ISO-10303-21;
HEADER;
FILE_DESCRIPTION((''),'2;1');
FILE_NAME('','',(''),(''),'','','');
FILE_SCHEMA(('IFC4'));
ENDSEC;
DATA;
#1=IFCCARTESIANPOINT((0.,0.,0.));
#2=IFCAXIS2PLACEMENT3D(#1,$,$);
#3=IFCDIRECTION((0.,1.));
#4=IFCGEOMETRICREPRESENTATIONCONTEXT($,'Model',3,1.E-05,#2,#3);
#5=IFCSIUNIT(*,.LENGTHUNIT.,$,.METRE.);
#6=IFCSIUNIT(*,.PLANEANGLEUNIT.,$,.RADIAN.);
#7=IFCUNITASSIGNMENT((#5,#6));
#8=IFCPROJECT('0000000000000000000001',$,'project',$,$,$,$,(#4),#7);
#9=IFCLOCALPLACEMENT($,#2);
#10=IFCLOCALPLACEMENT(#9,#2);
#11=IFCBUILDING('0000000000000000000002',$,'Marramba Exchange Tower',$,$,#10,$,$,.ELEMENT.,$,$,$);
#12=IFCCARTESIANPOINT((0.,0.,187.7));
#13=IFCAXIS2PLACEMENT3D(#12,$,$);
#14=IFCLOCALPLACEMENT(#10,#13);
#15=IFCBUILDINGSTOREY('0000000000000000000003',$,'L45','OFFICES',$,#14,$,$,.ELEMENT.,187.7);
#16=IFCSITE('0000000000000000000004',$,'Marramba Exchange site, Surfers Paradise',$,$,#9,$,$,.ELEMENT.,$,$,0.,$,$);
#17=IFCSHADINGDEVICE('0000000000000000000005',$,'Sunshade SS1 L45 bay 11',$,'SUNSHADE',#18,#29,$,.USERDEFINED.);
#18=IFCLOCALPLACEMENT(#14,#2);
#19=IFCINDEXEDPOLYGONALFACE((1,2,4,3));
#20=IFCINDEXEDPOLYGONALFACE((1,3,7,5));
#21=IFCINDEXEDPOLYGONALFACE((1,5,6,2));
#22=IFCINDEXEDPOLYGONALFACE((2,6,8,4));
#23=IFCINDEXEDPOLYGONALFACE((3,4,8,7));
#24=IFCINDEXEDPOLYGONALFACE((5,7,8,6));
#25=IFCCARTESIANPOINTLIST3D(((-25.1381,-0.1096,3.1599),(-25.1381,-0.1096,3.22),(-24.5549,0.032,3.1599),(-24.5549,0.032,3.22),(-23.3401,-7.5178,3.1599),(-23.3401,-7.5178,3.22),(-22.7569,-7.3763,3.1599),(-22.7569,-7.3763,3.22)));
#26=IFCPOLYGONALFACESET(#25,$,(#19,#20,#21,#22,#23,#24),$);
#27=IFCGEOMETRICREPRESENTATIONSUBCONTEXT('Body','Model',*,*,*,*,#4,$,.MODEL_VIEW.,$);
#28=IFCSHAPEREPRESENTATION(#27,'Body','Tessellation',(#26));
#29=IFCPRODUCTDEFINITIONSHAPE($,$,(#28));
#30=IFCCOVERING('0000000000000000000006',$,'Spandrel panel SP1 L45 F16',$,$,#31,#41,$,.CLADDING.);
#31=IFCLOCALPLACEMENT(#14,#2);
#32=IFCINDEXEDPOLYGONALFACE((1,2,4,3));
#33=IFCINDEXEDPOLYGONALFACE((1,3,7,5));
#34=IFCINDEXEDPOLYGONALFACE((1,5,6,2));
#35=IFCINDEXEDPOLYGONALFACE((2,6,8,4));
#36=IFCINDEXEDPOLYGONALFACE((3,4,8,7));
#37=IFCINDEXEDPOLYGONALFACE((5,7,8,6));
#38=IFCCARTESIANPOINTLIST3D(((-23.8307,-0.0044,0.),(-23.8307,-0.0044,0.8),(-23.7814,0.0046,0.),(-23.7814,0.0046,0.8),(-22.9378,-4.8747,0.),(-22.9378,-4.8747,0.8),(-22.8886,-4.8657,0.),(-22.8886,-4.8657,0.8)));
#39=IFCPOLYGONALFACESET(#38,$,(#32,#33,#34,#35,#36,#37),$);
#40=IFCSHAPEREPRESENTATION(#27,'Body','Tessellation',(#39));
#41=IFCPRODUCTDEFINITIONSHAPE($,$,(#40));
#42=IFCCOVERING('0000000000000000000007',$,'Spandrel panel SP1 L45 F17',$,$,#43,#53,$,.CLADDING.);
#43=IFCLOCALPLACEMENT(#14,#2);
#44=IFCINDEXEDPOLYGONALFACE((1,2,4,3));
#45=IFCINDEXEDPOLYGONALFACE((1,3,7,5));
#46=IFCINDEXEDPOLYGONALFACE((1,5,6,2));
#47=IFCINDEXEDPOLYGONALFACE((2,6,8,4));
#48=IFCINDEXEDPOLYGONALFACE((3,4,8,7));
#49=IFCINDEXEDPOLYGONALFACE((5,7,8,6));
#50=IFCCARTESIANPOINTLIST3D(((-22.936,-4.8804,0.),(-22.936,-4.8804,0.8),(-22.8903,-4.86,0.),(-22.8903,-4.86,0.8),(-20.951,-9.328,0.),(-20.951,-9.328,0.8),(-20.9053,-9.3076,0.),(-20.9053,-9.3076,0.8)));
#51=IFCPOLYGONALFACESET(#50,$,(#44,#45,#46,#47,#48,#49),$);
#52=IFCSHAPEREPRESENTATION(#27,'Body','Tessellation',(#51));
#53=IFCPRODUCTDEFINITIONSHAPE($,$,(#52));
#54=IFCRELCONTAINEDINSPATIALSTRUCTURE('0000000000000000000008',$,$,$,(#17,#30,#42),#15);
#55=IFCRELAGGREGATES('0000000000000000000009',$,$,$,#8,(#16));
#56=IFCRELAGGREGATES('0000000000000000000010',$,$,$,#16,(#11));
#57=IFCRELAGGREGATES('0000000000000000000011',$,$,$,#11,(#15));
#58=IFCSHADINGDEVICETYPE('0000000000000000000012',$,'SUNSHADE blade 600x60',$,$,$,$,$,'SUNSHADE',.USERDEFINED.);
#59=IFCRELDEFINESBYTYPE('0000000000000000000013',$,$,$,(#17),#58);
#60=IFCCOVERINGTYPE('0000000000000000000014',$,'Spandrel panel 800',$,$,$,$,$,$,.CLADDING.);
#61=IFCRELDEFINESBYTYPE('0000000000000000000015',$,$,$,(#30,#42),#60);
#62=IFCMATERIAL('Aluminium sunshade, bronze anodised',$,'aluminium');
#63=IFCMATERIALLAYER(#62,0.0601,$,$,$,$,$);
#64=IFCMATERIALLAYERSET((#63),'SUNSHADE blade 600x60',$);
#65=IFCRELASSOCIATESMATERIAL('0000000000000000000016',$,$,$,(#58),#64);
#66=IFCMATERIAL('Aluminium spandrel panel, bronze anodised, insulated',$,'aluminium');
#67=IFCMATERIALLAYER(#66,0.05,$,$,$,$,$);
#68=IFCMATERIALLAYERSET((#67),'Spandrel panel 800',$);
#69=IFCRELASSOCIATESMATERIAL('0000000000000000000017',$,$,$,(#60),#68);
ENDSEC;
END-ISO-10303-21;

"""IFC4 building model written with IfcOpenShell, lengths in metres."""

from ifc_helpers import new_model, si_unit, direction, frame, origin, origin_2d, place, context, subcontext, project, spatial, rectangle, extrude, material, layer, layer_set, type_object, element, save


model = new_model("IFC4")

# Units and contexts
model_context = context("Model", 3, precision=1e-05, world=origin(), true_north=direction((0.0, 1.0)))
body_context = subcontext(model_context, "Body", "Model", "MODEL_VIEW")
ifc_project = project(units=[si_unit("LENGTHUNIT", "METRE"), si_unit("PLANEANGLEUNIT", "RADIAN")], contexts=[model_context])

# Site, building, storey
site_placement = place(None, origin())
site = spatial("IfcSite", under=ifc_project, at=site_placement, Name="Marramba Exchange site, Surfers Paradise", CompositionType="ELEMENT", RefElevation=0.0)
building_placement = place(site_placement, origin())
building = spatial("IfcBuilding", under=site, at=building_placement, Name="Marramba Exchange Tower", CompositionType="ELEMENT")
storey_placement = place(building_placement, frame((0.0, 0.0, 187.7)))
storey = spatial("IfcBuildingStorey", under=building, at=storey_placement, Name="L45", Description="OFFICES", CompositionType="ELEMENT", Elevation=187.7)

# Shading device
ifc_material_1 = material(Name="Aluminium sunshade, bronze anodised", Category="aluminium")
ifc_layer_1 = layer(ifc_material_1, 0.0601)
ifc_layer_set_1 = layer_set([ifc_layer_1], Name="SUNSHADE blade 600x60")
shading_device_type_1 = type_object("IfcShadingDeviceType", Name="SUNSHADE blade 600x60", ElementType="SUNSHADE", PredefinedType="USERDEFINED", material=ifc_layer_set_1)
shading_device_1_placement = place(storey_placement, frame((-23.9475, -3.7429, 3.1599), z_axis=(0.0, 0.0, 1.0), x_axis=(0.235861, -0.971787, 0.0)))
element("IfcShadingDevice", 1, at=shading_device_1_placement, inside=storey, type_object=shading_device_type_1, Name="Sunshade SS1 L45 bay 11", ObjectType="SUNSHADE", PredefinedType="USERDEFINED", context=body_context, shape_type="SweptSolid", body=[
    extrude(rectangle(XDim=7.6233, YDim=0.6001, at=origin_2d()), origin(), (0.0, 0.0, 1.0), 0.0601),
])

# Coverings
ifc_material_2 = material(Name="Aluminium spandrel panel, bronze anodised, insulated", Category="aluminium")
ifc_layer_2 = layer(ifc_material_2, 0.05)
ifc_layer_set_2 = layer_set([ifc_layer_2], Name="Spandrel panel 800")
covering_type = type_object("IfcCoveringType", Name="Spandrel panel 800", PredefinedType="CLADDING", material=ifc_layer_set_2)
covering_1_placement = place(storey_placement, frame((-23.3596, -2.4351, 0.0), z_axis=(0.0, 0.0, 1.0), x_axis=(0.180327, -0.983607, 0.0)))
element("IfcCovering", 2, at=covering_1_placement, inside=storey, type_object=covering_type, Name="Spandrel panel SP1 L45 F16", PredefinedType="CLADDING", context=body_context, shape_type="SweptSolid", body=[
    extrude(rectangle(XDim=4.9514, YDim=0.05, at=origin_2d()), origin(), (0.0, 0.0, 1.0), 0.8),
])
covering_2_placement = place(storey_placement, frame((-21.9207, -7.094, 0.0), z_axis=(0.0, 0.0, 1.0), x_axis=(0.407558, -0.91318, 0.0)))
element("IfcCovering", 3, at=covering_2_placement, inside=storey, type_object=covering_type, Name="Spandrel panel SP1 L45 F17", PredefinedType="CLADDING", context=body_context, shape_type="SweptSolid", body=[
    extrude(rectangle(XDim=4.8704, YDim=0.05, at=origin_2d()), origin(), (0.0, 0.0, 1.0), 0.8),
])

save(model, "model.ifc")
